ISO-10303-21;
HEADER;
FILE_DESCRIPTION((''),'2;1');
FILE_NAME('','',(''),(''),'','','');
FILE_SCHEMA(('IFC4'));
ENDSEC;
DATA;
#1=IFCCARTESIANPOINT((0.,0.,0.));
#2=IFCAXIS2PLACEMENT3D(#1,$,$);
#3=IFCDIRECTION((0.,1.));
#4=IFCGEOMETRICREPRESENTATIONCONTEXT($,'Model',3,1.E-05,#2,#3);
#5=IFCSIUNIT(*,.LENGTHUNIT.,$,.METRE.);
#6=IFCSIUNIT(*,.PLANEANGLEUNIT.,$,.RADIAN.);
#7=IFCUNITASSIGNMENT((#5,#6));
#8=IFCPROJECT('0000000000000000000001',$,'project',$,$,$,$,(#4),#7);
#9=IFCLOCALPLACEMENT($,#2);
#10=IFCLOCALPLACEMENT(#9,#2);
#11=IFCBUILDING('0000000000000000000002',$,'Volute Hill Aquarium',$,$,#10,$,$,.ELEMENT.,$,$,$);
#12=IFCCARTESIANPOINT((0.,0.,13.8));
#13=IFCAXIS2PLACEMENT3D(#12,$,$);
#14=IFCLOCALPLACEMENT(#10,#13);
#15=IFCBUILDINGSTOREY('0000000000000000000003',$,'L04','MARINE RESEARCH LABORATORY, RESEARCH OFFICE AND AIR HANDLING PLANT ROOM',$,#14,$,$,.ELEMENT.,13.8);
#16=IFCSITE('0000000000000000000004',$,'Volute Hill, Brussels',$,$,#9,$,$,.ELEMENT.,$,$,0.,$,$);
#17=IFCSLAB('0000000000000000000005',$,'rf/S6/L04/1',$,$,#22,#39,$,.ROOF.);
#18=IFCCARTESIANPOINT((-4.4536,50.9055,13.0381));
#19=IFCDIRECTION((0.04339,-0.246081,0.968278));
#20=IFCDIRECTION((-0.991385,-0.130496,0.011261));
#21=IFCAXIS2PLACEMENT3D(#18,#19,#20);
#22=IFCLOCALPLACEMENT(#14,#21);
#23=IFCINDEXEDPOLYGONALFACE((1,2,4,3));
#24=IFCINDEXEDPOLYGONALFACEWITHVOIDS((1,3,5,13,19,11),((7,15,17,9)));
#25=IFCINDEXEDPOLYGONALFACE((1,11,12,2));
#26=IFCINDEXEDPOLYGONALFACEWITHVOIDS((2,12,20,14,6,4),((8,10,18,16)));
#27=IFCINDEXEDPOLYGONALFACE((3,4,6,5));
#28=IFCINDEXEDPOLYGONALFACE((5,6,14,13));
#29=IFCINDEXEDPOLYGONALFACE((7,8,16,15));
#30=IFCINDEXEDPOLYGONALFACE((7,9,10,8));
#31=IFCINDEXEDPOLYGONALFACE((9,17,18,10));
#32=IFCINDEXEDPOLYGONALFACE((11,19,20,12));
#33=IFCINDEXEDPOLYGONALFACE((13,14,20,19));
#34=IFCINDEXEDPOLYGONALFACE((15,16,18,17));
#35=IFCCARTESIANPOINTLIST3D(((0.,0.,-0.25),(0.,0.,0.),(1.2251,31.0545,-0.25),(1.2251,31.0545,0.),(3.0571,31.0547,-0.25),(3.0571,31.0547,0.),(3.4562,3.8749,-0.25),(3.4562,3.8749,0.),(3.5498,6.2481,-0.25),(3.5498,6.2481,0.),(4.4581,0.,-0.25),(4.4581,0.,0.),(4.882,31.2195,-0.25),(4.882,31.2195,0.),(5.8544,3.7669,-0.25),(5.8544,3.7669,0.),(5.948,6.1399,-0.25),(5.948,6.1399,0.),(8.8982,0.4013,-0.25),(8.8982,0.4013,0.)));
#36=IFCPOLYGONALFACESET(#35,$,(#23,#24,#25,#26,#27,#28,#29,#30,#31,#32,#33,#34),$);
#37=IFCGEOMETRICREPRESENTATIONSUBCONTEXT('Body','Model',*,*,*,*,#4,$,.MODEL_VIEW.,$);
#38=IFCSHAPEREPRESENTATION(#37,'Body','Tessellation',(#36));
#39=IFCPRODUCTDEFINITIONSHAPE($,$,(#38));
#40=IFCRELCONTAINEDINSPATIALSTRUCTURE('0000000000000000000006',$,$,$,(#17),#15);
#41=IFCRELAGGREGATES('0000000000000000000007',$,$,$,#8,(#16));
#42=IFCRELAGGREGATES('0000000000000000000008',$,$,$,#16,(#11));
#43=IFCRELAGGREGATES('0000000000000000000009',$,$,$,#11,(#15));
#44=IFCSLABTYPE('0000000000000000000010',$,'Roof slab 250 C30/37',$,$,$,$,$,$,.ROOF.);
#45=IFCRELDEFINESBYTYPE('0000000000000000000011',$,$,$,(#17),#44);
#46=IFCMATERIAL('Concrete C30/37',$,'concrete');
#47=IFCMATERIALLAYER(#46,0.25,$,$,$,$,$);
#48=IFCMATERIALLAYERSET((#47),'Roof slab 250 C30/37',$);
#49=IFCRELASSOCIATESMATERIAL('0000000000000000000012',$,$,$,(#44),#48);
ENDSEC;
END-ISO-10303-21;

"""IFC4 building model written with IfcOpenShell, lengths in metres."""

from ifc_helpers import new_model, si_unit, direction, frame, origin, place, context, subcontext, project, spatial, polyline, outline, extrude, material, layer, layer_set, type_object, element, save


model = new_model("IFC4")

# Units and contexts
model_context = context("Model", 3, precision=1e-05, world=origin(), true_north=direction((0.0, 1.0)))
body_context = subcontext(model_context, "Body", "Model", "MODEL_VIEW")
ifc_project = project(units=[si_unit("LENGTHUNIT", "METRE"), si_unit("PLANEANGLEUNIT", "RADIAN")], contexts=[model_context])

# Site, building, storey
site_placement = place(None, origin())
site = spatial("IfcSite", under=ifc_project, at=site_placement, Name="Volute Hill, Brussels", CompositionType="ELEMENT", RefElevation=0.0)
building_placement = place(site_placement, origin())
building = spatial("IfcBuilding", under=site, at=building_placement, Name="Volute Hill Aquarium", CompositionType="ELEMENT")
storey_placement = place(building_placement, frame((0.0, 0.0, 13.8)))
storey = spatial("IfcBuildingStorey", under=building, at=storey_placement, Name="L04", Description="MARINE RESEARCH LABORATORY, RESEARCH OFFICE AND AIR HANDLING PLANT ROOM", CompositionType="ELEMENT", Elevation=13.8)

# Slab
ifc_material_1 = material(Name="Concrete C30/37", Category="concrete")
ifc_layer_1 = layer(ifc_material_1, 0.25)
ifc_layer_set_1 = layer_set([ifc_layer_1], Name="Roof slab 250 C30/37")
slab_type = type_object("IfcSlabType", Name="Roof slab 250 C30/37", PredefinedType="ROOF", material=ifc_layer_set_1)
slab_placement = place(storey_placement, frame((-4.4536, 50.9055, 13.0381), z_axis=(0.04339, -0.246081, 0.968278), x_axis=(-0.991385, -0.130496, 0.011261)))
element("IfcSlab", 1, at=slab_placement, inside=storey, type_object=slab_type, Name="rf/S6/L04/1", PredefinedType="ROOF", context=body_context, shape_type="SweptSolid", body=[
    extrude(outline(polyline([(0.0, 0.0), (4.4581, 0.0), (8.8982, 0.4013), (4.882, 31.2195), (3.0571, 31.0547), (1.2251, 31.0545), (0.0, 0.0)]), holes=[polyline([(3.4562, 3.8749), (5.8544, 3.7669), (5.948, 6.1399), (3.5498, 6.2481), (3.4562, 3.8749)])]), origin(), (0.0, 0.0, -1.0), 0.25),
])

save(model, "model.ifc")
